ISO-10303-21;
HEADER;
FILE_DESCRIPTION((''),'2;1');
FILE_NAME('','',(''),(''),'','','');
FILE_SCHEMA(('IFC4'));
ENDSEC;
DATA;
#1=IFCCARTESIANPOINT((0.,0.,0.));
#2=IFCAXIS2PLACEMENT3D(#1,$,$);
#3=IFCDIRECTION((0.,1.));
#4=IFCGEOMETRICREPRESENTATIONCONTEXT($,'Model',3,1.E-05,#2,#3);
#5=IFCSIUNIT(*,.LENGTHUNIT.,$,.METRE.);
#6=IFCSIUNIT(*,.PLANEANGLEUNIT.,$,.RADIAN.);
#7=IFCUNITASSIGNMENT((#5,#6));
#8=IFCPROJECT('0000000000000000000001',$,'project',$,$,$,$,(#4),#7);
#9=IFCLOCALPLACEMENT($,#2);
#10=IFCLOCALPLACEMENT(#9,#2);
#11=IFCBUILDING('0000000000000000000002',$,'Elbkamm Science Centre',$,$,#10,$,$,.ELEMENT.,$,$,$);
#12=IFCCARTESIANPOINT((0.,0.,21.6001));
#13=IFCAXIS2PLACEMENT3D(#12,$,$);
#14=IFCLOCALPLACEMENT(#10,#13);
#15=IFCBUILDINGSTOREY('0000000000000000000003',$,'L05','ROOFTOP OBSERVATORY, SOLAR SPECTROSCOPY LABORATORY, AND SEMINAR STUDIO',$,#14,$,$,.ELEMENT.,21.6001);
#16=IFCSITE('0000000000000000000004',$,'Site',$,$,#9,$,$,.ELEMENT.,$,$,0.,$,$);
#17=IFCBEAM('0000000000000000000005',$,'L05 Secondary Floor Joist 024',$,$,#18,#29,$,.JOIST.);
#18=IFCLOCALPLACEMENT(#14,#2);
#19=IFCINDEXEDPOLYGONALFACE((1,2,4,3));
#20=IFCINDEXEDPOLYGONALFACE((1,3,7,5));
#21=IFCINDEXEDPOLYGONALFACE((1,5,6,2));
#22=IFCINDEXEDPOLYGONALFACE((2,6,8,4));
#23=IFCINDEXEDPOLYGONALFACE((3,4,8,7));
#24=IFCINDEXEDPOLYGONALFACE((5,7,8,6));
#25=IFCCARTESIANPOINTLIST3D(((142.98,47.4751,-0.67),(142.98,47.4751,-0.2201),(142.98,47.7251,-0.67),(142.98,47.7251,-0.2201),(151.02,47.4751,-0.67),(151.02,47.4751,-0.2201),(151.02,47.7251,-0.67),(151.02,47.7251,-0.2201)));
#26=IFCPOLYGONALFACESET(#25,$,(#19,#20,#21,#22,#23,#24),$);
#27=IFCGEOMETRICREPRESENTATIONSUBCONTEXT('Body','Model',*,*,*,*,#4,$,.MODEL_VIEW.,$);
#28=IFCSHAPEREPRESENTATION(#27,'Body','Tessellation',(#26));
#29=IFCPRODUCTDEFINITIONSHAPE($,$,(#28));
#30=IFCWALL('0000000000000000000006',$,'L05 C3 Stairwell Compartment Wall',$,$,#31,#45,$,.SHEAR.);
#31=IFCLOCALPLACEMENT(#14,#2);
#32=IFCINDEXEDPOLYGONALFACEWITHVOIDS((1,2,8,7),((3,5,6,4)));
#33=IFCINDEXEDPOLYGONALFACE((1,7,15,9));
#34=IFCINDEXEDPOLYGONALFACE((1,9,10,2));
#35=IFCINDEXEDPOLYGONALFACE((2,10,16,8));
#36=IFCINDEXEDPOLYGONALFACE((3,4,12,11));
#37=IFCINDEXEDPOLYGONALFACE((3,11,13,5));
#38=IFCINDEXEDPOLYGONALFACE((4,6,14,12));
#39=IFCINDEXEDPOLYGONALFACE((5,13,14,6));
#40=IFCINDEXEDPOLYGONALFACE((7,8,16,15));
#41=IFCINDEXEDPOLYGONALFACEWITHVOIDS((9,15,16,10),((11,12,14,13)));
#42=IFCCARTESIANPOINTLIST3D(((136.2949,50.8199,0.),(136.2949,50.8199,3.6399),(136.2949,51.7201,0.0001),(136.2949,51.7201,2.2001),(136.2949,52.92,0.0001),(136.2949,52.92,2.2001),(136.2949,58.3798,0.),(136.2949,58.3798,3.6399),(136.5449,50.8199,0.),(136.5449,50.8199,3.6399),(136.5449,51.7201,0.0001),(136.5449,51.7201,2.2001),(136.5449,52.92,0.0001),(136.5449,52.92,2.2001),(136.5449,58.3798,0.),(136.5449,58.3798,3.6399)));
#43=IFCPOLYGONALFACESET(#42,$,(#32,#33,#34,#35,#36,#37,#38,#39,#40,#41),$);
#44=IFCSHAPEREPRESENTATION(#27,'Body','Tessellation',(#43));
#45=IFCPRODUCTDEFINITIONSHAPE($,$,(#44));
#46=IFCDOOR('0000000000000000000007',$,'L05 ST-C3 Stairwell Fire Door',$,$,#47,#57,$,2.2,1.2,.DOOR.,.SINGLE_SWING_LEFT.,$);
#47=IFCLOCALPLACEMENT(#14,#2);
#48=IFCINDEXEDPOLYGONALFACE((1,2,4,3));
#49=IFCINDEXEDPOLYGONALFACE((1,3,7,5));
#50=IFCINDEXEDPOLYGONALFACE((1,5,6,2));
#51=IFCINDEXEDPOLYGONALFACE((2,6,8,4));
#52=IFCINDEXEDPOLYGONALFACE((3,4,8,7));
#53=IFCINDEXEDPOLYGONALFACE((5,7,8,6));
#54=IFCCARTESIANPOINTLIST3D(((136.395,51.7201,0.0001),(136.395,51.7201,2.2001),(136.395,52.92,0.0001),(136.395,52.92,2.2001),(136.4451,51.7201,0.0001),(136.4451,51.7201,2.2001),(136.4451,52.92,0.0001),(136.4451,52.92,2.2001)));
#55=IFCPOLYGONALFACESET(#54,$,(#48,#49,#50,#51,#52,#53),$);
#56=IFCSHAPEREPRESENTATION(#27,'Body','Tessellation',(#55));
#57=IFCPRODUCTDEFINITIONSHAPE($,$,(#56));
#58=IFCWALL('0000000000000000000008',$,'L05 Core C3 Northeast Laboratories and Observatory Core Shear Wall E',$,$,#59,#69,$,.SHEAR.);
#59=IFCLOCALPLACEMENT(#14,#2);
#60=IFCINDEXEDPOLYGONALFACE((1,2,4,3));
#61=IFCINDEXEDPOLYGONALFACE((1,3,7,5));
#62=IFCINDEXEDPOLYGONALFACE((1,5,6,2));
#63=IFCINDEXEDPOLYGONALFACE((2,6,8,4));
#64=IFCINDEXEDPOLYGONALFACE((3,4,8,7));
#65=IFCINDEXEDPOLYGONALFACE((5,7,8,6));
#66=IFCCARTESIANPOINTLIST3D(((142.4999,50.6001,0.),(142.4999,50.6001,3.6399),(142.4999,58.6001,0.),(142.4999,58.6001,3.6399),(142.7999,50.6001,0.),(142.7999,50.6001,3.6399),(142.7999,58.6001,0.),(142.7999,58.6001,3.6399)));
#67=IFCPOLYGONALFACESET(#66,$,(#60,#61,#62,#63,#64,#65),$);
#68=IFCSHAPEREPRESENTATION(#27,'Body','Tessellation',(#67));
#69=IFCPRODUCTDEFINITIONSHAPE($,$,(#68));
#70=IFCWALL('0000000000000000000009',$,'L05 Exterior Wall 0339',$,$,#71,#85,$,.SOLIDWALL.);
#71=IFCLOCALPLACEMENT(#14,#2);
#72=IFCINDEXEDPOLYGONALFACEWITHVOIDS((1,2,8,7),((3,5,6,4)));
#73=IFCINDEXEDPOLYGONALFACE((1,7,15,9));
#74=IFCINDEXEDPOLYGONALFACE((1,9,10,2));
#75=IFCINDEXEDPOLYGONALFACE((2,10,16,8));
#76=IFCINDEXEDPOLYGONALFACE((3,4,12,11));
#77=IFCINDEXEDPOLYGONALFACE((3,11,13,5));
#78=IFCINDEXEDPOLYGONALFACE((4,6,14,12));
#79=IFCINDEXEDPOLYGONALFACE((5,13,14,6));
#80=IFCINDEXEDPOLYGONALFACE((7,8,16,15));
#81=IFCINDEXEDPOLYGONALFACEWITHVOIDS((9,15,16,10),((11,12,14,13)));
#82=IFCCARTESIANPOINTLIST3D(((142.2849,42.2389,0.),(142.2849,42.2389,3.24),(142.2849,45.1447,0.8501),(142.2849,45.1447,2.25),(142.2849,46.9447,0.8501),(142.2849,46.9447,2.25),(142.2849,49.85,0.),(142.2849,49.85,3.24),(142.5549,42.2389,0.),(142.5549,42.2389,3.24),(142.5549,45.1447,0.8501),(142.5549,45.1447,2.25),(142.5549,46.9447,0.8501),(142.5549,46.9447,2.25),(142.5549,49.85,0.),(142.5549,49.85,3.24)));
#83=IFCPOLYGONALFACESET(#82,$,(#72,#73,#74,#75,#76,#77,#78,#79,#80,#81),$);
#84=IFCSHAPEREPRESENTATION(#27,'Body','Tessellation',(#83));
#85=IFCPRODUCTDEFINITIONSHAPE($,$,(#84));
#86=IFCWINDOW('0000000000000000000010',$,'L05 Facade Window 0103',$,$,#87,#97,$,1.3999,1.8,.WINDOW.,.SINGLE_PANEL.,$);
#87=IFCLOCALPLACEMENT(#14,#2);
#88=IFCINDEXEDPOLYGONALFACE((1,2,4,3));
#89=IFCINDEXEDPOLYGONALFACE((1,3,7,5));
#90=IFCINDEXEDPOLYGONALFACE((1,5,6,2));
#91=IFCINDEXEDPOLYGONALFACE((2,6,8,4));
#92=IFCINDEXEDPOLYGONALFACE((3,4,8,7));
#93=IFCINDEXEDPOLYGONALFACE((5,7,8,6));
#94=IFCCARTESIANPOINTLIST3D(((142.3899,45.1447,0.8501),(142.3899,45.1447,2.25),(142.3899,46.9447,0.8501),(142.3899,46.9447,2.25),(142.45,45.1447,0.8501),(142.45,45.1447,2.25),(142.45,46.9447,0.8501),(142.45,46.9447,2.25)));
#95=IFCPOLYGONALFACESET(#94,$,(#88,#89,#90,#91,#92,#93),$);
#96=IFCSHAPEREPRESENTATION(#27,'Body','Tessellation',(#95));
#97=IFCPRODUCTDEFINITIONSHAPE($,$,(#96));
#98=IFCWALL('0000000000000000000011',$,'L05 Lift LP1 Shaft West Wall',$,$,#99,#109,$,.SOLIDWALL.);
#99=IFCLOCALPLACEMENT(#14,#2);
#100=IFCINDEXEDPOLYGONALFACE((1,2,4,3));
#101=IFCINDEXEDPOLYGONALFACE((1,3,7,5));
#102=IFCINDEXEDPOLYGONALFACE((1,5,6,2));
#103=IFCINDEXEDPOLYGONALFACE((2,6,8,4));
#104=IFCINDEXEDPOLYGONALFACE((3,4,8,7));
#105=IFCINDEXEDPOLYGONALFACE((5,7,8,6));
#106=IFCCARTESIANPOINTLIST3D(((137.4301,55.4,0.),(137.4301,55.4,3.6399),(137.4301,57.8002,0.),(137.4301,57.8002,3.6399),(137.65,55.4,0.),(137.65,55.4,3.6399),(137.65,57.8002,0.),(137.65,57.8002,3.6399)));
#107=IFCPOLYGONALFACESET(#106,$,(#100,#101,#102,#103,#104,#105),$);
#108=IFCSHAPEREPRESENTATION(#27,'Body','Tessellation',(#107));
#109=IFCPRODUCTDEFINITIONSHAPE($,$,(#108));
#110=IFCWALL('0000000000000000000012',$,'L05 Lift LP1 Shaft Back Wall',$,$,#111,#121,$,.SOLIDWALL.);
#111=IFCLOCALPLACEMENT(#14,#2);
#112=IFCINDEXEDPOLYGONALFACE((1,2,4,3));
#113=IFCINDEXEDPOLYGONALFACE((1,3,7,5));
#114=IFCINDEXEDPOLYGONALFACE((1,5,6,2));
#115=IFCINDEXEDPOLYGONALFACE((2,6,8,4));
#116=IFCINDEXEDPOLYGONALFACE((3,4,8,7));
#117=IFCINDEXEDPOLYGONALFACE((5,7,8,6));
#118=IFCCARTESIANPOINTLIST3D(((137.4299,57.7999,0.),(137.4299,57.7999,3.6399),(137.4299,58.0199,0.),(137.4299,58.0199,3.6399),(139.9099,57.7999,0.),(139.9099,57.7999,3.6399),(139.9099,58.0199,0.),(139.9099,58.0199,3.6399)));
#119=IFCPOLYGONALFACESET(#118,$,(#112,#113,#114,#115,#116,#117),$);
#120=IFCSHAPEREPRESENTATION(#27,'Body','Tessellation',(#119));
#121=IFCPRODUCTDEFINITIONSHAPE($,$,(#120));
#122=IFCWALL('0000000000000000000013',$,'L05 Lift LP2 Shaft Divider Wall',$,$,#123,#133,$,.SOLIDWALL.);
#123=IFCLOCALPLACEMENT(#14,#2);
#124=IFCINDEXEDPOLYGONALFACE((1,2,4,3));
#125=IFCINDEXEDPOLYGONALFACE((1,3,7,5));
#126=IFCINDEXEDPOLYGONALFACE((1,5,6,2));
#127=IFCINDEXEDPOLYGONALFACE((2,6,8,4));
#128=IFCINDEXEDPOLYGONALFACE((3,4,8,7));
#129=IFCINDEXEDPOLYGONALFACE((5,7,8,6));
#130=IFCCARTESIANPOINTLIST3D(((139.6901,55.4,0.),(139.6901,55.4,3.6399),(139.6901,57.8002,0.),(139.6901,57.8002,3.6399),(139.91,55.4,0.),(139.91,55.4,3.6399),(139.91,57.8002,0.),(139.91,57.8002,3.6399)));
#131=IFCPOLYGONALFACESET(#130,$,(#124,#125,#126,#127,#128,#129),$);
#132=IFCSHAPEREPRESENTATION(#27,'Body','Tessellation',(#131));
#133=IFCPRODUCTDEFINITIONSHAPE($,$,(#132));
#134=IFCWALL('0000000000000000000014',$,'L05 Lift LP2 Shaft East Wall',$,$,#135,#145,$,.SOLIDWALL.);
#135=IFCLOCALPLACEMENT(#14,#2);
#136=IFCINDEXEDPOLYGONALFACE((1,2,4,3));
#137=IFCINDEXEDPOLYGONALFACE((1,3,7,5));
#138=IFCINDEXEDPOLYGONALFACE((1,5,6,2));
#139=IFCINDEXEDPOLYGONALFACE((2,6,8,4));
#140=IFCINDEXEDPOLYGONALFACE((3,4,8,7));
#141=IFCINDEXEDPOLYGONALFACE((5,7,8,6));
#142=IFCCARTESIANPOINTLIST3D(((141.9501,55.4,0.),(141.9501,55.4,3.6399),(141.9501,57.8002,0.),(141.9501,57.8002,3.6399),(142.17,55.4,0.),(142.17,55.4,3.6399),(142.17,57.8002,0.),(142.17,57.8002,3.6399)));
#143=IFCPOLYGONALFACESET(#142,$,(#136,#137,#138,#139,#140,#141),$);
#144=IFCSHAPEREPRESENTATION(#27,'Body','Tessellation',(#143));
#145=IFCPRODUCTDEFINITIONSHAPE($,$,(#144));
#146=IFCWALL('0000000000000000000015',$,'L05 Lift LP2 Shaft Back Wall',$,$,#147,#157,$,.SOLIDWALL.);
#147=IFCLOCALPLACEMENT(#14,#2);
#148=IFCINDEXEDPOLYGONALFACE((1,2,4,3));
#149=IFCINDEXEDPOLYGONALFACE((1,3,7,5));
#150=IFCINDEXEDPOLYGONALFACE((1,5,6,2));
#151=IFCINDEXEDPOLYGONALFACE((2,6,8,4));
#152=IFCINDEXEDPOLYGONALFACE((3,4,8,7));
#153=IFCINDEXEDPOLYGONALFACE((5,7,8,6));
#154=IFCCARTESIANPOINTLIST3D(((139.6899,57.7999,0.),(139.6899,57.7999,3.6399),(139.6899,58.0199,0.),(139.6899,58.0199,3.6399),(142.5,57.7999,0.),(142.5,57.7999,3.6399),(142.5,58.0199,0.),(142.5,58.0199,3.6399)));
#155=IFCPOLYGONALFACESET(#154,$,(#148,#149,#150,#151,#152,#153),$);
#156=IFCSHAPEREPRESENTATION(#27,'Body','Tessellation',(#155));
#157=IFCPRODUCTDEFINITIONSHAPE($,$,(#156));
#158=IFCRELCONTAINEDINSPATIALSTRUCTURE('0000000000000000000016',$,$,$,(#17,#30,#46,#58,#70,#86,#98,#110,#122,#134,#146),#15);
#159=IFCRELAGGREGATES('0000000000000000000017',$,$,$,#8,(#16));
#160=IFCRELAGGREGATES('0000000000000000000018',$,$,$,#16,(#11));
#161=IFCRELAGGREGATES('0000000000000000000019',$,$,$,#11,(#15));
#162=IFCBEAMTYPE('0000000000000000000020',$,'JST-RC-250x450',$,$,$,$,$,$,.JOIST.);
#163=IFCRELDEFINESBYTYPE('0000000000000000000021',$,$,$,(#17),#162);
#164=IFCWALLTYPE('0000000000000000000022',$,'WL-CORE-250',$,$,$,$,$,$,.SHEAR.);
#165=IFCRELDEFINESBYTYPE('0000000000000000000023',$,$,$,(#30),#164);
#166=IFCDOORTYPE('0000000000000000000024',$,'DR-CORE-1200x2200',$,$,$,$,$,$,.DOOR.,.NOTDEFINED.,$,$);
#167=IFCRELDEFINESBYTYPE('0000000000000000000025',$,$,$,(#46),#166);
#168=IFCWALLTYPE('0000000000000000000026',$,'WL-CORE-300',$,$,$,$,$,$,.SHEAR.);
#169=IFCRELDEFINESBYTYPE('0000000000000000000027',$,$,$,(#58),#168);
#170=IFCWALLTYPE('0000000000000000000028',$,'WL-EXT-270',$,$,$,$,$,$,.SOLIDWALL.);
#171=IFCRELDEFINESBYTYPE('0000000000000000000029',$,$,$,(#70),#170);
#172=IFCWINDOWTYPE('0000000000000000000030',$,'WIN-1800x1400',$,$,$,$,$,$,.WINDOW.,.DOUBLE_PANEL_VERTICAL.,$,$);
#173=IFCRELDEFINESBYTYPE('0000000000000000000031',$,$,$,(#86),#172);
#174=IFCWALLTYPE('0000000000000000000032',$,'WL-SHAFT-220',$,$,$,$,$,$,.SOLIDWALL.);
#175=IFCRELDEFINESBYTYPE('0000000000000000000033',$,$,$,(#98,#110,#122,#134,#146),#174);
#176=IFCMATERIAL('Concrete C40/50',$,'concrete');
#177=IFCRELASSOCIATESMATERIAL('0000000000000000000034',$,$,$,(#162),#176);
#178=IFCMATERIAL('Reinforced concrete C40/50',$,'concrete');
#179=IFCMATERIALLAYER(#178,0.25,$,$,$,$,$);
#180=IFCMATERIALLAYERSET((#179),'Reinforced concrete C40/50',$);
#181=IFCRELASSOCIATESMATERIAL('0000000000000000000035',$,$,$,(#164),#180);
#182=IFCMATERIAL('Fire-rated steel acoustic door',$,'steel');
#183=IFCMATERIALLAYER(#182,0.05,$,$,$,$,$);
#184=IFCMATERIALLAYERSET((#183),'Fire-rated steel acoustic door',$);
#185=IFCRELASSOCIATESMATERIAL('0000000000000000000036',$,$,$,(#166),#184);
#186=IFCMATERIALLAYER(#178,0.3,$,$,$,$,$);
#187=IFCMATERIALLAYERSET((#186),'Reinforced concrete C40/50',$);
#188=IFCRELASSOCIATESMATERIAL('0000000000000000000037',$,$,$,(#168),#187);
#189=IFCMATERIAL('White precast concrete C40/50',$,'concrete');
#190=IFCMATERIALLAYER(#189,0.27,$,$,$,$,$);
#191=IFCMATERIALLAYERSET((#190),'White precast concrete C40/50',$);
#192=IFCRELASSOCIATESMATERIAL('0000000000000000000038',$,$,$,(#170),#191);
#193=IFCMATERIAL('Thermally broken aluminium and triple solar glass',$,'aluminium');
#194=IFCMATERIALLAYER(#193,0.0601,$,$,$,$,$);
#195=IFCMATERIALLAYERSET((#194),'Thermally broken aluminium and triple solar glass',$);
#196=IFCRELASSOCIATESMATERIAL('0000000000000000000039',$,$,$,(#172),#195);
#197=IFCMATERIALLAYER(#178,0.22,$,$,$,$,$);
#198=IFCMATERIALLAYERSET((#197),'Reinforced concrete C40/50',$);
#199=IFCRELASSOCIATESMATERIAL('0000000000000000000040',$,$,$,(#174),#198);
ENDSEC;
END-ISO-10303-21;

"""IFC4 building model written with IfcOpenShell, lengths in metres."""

from ifc_helpers import new_model, si_unit, direction, frame, frame_2d, origin, origin_2d, place, context, subcontext, project, spatial, rectangle, extrude, material, layer, layer_set, material_profile, profile_set, type_object, element, fill, save


model = new_model("IFC4")

# Units and contexts
model_context = context("Model", 3, precision=1e-05, world=origin(), true_north=direction((0.0, 1.0)))
body_context = subcontext(model_context, "Body", "Model", "MODEL_VIEW")
ifc_project = project(units=[si_unit("LENGTHUNIT", "METRE"), si_unit("PLANEANGLEUNIT", "RADIAN")], contexts=[model_context])

# Site, building, storey
site_placement = place(None, origin())
site = spatial("IfcSite", under=ifc_project, at=site_placement, Name="Site", CompositionType="ELEMENT", RefElevation=0.0)
building_placement = place(site_placement, origin())
building = spatial("IfcBuilding", under=site, at=building_placement, Name="Elbkamm Science Centre", CompositionType="ELEMENT")
storey_placement = place(building_placement, frame((0.0, 0.0, 21.6001)))
storey = spatial("IfcBuildingStorey", under=building, at=storey_placement, Name="L05", Description="ROOFTOP OBSERVATORY, SOLAR SPECTROSCOPY LABORATORY, AND SEMINAR STUDIO", CompositionType="ELEMENT", Elevation=21.6001)

# Beam
ifc_material_1 = material(Name="Concrete C40/50", Category="concrete")
ifc_material_profile_1 = material_profile(ifc_material_1, rectangle(XDim=0.25, YDim=0.45, at=origin_2d()), Name="RC 250x450")
ifc_profile_set_1 = profile_set([ifc_material_profile_1], Name="Concrete C40/50")
beam_type_1 = type_object("IfcBeamType", Name="JST-RC-250x450", PredefinedType="JOIST", material=ifc_profile_set_1)
for number, where, z_axis, x_axis, name in (
    (1, (142.98, 47.6001, -0.4451), (1.0, 0.0, 0.0), (0.0, 1.0, 0.0), "L05 Secondary Floor Joist 024"),
):
    element("IfcBeam", number, at=place(storey_placement, frame(where, z_axis=z_axis, x_axis=x_axis)), inside=storey, type_object=beam_type_1, Name=name, PredefinedType="JOIST", context=body_context, shape_type="SweptSolid", body=[
        extrude(rectangle(XDim=0.25, YDim=0.45, at=origin_2d()), origin(), (0.0, 0.0, 1.0), 8.04),
    ])

# Wall, opening, door
ifc_material_2 = material(Name="Reinforced concrete C40/50", Category="concrete")
ifc_layer_1 = layer(ifc_material_2, 0.25)
ifc_layer_set_1 = layer_set([ifc_layer_1], Name="Reinforced concrete C40/50")
wall_type_1 = type_object("IfcWallType", Name="WL-CORE-250", PredefinedType="SHEAR", material=ifc_layer_set_1)
wall_1_placement = place(storey_placement, frame((136.4199, 50.8201, 0.0), z_axis=(0.0, 0.0, 1.0), x_axis=(0.0, 1.0, 0.0)))
wall_1 = element("IfcWall", 2, at=wall_1_placement, inside=storey, type_object=wall_type_1, Name="L05 C3 Stairwell Compartment Wall", PredefinedType="SHEAR", context=body_context, shape_type="SweptSolid", body=[
    extrude(rectangle(XDim=7.5598, YDim=0.25, at=frame_2d((3.7798, 0.0))), origin(), (0.0, 0.0, 1.0), 3.6399),
])
opening_1_placement = place(wall_1_placement, frame((0.8999, 0.0, 0.0)))
opening_1 = element("IfcOpeningElement", 3, at=opening_1_placement, cuts=wall_1, PredefinedType="OPENING", context=body_context, shape_type="SweptSolid", body=[
    extrude(rectangle(XDim=1.2, YDim=2.2, at=frame_2d((0.6001, 1.1001))), frame((0.0, 0.137, 0.0), z_axis=(0.0, -1.0, 0.0), x_axis=(1.0, 0.0, 0.0)), (0.0, 0.0, 1.0), 0.2739),
])
ifc_material_3 = material(Name="Fire-rated steel acoustic door", Category="steel")
ifc_layer_2 = layer(ifc_material_3, 0.05)
ifc_layer_set_2 = layer_set([ifc_layer_2], Name="Fire-rated steel acoustic door")
door_type_1 = type_object("IfcDoorType", Name="DR-CORE-1200x2200", OperationType="NOTDEFINED", PredefinedType="DOOR", material=ifc_layer_set_2)
door_1_placement = place(opening_1_placement, origin())
door_1 = element("IfcDoor", 4, at=door_1_placement, inside=storey, type_object=door_type_1, Name="L05 ST-C3 Stairwell Fire Door", OperationType="SINGLE_SWING_LEFT", OverallHeight=2.2, OverallWidth=1.2, PredefinedType="DOOR", context=body_context, shape_type="SweptSolid", body=[
    extrude(rectangle(XDim=1.2, YDim=2.2, at=frame_2d((0.6001, 1.1001))), frame((0.0, 0.0249, 0.0), z_axis=(0.0, -1.0, 0.0), x_axis=(1.0, 0.0, 0.0)), (0.0, 0.0, 1.0), 0.05),
])
fill(opening_1, door_1)

# Wall
ifc_layer_3 = layer(ifc_material_2, 0.3)
ifc_layer_set_3 = layer_set([ifc_layer_3], Name="Reinforced concrete C40/50")
wall_type_2 = type_object("IfcWallType", Name="WL-CORE-300", PredefinedType="SHEAR", material=ifc_layer_set_3)
wall_2_placement = place(storey_placement, frame((142.6499, 50.6001, 0.0), z_axis=(0.0, 0.0, 1.0), x_axis=(0.0, 1.0, 0.0)))
element("IfcWall", 5, at=wall_2_placement, inside=storey, type_object=wall_type_2, Name="L05 Core C3 Northeast Laboratories and Observatory Core Shear Wall E", PredefinedType="SHEAR", context=body_context, shape_type="SweptSolid", body=[
    extrude(rectangle(XDim=8.0, YDim=0.3, at=frame_2d((4.0, 0.0))), origin(), (0.0, 0.0, 1.0), 3.6399),
])

# Wall, opening, window
ifc_material_4 = material(Name="White precast concrete C40/50", Category="concrete")
ifc_layer_4 = layer(ifc_material_4, 0.27)
ifc_layer_set_4 = layer_set([ifc_layer_4], Name="White precast concrete C40/50")
wall_type_3 = type_object("IfcWallType", Name="WL-EXT-270", PredefinedType="SOLIDWALL", material=ifc_layer_set_4)
wall_3_placement = place(storey_placement, frame((142.4199, 49.8501, 0.0), z_axis=(0.0, 0.0, 1.0), x_axis=(0.0, -1.0, 0.0)))
wall_3 = element("IfcWall", 6, at=wall_3_placement, inside=storey, type_object=wall_type_3, Name="L05 Exterior Wall 0339", PredefinedType="SOLIDWALL", context=body_context, shape_type="SweptSolid", body=[
    extrude(rectangle(XDim=7.6111, YDim=0.27, at=frame_2d((3.8057, 0.0))), origin(), (0.0, 0.0, 1.0), 3.24),
])
opening_2_placement = place(wall_3_placement, frame((2.9055, 0.0, 0.8501)))
opening_2 = element("IfcOpeningElement", 7, at=opening_2_placement, cuts=wall_3, PredefinedType="OPENING", context=body_context, shape_type="SweptSolid", body=[
    extrude(rectangle(XDim=1.8, YDim=1.3999, at=frame_2d((0.8999, 0.7))), frame((0.0, 0.147, 0.0), z_axis=(0.0, -1.0, 0.0), x_axis=(1.0, 0.0, 0.0)), (0.0, 0.0, 1.0), 0.2939),
])
ifc_material_5 = material(Name="Thermally broken aluminium and triple solar glass", Category="aluminium")
ifc_layer_5 = layer(ifc_material_5, 0.0601)
ifc_layer_set_5 = layer_set([ifc_layer_5], Name="Thermally broken aluminium and triple solar glass")
window_type = type_object("IfcWindowType", Name="WIN-1800x1400", PartitioningType="DOUBLE_PANEL_VERTICAL", PredefinedType="WINDOW", material=ifc_layer_set_5)
window_placement = place(opening_2_placement, origin())
window = element("IfcWindow", 8, at=window_placement, inside=storey, type_object=window_type, Name="L05 Facade Window 0103", OverallHeight=1.3999, OverallWidth=1.8, PartitioningType="SINGLE_PANEL", PredefinedType="WINDOW", context=body_context, shape_type="SweptSolid", body=[
    extrude(rectangle(XDim=1.8, YDim=1.3999, at=frame_2d((0.8999, 0.7))), frame((0.0, 0.03, 0.0), z_axis=(0.0, -1.0, 0.0), x_axis=(1.0, 0.0, 0.0)), (0.0, 0.0, 1.0), 0.0601),
])
fill(opening_2, window)

# Walls
ifc_layer_6 = layer(ifc_material_2, 0.22)
ifc_layer_set_6 = layer_set([ifc_layer_6], Name="Reinforced concrete C40/50")
wall_type_4 = type_object("IfcWallType", Name="WL-SHAFT-220", PredefinedType="SOLIDWALL", material=ifc_layer_set_6)
wall_4_placement = place(storey_placement, frame((137.54, 55.3999, 0.0), z_axis=(0.0, 0.0, 1.0), x_axis=(0.0, 1.0, 0.0)))
element("IfcWall", 9, at=wall_4_placement, inside=storey, type_object=wall_type_4, Name="L05 Lift LP1 Shaft West Wall", PredefinedType="SOLIDWALL", context=body_context, shape_type="SweptSolid", body=[
    extrude(rectangle(XDim=2.4001, YDim=0.22, at=frame_2d((1.2002, 0.0))), origin(), (0.0, 0.0, 1.0), 3.6399),
])
wall_5_placement = place(storey_placement, frame((137.4299, 57.9099, 0.0), z_axis=(0.0, 0.0, 1.0), x_axis=(1.0, 0.0, 0.0)))
element("IfcWall", 10, at=wall_5_placement, inside=storey, type_object=wall_type_4, Name="L05 Lift LP1 Shaft Back Wall", PredefinedType="SOLIDWALL", context=body_context, shape_type="SweptSolid", body=[
    extrude(rectangle(XDim=2.48, YDim=0.22, at=frame_2d((1.24, 0.0))), origin(), (0.0, 0.0, 1.0), 3.6399),
])

# Walls
for number, where, z_axis, x_axis, name in (
    (11, (139.8, 55.3999, 0.0), (0.0, 0.0, 1.0), (0.0, 1.0, 0.0), "L05 Lift LP2 Shaft Divider Wall"),
    (12, (142.0601, 55.3999, 0.0), (0.0, 0.0, 1.0), (0.0, 1.0, 0.0), "L05 Lift LP2 Shaft East Wall"),
):
    element("IfcWall", number, at=place(storey_placement, frame(where, z_axis=z_axis, x_axis=x_axis)), inside=storey, type_object=wall_type_4, Name=name, PredefinedType="SOLIDWALL", context=body_context, shape_type="SweptSolid", body=[
        extrude(rectangle(XDim=2.4001, YDim=0.22, at=frame_2d((1.2002, 0.0))), origin(), (0.0, 0.0, 1.0), 3.6399),
    ])
wall_6_placement = place(storey_placement, frame((139.6899, 57.9099, 0.0), z_axis=(0.0, 0.0, 1.0), x_axis=(1.0, 0.0, 0.0)))
element("IfcWall", 13, at=wall_6_placement, inside=storey, type_object=wall_type_4, Name="L05 Lift LP2 Shaft Back Wall", PredefinedType="SOLIDWALL", context=body_context, shape_type="SweptSolid", body=[
    extrude(rectangle(XDim=2.8101, YDim=0.22, at=frame_2d((1.405, 0.0))), origin(), (0.0, 0.0, 1.0), 3.6399),
])

save(model, "model.ifc")
